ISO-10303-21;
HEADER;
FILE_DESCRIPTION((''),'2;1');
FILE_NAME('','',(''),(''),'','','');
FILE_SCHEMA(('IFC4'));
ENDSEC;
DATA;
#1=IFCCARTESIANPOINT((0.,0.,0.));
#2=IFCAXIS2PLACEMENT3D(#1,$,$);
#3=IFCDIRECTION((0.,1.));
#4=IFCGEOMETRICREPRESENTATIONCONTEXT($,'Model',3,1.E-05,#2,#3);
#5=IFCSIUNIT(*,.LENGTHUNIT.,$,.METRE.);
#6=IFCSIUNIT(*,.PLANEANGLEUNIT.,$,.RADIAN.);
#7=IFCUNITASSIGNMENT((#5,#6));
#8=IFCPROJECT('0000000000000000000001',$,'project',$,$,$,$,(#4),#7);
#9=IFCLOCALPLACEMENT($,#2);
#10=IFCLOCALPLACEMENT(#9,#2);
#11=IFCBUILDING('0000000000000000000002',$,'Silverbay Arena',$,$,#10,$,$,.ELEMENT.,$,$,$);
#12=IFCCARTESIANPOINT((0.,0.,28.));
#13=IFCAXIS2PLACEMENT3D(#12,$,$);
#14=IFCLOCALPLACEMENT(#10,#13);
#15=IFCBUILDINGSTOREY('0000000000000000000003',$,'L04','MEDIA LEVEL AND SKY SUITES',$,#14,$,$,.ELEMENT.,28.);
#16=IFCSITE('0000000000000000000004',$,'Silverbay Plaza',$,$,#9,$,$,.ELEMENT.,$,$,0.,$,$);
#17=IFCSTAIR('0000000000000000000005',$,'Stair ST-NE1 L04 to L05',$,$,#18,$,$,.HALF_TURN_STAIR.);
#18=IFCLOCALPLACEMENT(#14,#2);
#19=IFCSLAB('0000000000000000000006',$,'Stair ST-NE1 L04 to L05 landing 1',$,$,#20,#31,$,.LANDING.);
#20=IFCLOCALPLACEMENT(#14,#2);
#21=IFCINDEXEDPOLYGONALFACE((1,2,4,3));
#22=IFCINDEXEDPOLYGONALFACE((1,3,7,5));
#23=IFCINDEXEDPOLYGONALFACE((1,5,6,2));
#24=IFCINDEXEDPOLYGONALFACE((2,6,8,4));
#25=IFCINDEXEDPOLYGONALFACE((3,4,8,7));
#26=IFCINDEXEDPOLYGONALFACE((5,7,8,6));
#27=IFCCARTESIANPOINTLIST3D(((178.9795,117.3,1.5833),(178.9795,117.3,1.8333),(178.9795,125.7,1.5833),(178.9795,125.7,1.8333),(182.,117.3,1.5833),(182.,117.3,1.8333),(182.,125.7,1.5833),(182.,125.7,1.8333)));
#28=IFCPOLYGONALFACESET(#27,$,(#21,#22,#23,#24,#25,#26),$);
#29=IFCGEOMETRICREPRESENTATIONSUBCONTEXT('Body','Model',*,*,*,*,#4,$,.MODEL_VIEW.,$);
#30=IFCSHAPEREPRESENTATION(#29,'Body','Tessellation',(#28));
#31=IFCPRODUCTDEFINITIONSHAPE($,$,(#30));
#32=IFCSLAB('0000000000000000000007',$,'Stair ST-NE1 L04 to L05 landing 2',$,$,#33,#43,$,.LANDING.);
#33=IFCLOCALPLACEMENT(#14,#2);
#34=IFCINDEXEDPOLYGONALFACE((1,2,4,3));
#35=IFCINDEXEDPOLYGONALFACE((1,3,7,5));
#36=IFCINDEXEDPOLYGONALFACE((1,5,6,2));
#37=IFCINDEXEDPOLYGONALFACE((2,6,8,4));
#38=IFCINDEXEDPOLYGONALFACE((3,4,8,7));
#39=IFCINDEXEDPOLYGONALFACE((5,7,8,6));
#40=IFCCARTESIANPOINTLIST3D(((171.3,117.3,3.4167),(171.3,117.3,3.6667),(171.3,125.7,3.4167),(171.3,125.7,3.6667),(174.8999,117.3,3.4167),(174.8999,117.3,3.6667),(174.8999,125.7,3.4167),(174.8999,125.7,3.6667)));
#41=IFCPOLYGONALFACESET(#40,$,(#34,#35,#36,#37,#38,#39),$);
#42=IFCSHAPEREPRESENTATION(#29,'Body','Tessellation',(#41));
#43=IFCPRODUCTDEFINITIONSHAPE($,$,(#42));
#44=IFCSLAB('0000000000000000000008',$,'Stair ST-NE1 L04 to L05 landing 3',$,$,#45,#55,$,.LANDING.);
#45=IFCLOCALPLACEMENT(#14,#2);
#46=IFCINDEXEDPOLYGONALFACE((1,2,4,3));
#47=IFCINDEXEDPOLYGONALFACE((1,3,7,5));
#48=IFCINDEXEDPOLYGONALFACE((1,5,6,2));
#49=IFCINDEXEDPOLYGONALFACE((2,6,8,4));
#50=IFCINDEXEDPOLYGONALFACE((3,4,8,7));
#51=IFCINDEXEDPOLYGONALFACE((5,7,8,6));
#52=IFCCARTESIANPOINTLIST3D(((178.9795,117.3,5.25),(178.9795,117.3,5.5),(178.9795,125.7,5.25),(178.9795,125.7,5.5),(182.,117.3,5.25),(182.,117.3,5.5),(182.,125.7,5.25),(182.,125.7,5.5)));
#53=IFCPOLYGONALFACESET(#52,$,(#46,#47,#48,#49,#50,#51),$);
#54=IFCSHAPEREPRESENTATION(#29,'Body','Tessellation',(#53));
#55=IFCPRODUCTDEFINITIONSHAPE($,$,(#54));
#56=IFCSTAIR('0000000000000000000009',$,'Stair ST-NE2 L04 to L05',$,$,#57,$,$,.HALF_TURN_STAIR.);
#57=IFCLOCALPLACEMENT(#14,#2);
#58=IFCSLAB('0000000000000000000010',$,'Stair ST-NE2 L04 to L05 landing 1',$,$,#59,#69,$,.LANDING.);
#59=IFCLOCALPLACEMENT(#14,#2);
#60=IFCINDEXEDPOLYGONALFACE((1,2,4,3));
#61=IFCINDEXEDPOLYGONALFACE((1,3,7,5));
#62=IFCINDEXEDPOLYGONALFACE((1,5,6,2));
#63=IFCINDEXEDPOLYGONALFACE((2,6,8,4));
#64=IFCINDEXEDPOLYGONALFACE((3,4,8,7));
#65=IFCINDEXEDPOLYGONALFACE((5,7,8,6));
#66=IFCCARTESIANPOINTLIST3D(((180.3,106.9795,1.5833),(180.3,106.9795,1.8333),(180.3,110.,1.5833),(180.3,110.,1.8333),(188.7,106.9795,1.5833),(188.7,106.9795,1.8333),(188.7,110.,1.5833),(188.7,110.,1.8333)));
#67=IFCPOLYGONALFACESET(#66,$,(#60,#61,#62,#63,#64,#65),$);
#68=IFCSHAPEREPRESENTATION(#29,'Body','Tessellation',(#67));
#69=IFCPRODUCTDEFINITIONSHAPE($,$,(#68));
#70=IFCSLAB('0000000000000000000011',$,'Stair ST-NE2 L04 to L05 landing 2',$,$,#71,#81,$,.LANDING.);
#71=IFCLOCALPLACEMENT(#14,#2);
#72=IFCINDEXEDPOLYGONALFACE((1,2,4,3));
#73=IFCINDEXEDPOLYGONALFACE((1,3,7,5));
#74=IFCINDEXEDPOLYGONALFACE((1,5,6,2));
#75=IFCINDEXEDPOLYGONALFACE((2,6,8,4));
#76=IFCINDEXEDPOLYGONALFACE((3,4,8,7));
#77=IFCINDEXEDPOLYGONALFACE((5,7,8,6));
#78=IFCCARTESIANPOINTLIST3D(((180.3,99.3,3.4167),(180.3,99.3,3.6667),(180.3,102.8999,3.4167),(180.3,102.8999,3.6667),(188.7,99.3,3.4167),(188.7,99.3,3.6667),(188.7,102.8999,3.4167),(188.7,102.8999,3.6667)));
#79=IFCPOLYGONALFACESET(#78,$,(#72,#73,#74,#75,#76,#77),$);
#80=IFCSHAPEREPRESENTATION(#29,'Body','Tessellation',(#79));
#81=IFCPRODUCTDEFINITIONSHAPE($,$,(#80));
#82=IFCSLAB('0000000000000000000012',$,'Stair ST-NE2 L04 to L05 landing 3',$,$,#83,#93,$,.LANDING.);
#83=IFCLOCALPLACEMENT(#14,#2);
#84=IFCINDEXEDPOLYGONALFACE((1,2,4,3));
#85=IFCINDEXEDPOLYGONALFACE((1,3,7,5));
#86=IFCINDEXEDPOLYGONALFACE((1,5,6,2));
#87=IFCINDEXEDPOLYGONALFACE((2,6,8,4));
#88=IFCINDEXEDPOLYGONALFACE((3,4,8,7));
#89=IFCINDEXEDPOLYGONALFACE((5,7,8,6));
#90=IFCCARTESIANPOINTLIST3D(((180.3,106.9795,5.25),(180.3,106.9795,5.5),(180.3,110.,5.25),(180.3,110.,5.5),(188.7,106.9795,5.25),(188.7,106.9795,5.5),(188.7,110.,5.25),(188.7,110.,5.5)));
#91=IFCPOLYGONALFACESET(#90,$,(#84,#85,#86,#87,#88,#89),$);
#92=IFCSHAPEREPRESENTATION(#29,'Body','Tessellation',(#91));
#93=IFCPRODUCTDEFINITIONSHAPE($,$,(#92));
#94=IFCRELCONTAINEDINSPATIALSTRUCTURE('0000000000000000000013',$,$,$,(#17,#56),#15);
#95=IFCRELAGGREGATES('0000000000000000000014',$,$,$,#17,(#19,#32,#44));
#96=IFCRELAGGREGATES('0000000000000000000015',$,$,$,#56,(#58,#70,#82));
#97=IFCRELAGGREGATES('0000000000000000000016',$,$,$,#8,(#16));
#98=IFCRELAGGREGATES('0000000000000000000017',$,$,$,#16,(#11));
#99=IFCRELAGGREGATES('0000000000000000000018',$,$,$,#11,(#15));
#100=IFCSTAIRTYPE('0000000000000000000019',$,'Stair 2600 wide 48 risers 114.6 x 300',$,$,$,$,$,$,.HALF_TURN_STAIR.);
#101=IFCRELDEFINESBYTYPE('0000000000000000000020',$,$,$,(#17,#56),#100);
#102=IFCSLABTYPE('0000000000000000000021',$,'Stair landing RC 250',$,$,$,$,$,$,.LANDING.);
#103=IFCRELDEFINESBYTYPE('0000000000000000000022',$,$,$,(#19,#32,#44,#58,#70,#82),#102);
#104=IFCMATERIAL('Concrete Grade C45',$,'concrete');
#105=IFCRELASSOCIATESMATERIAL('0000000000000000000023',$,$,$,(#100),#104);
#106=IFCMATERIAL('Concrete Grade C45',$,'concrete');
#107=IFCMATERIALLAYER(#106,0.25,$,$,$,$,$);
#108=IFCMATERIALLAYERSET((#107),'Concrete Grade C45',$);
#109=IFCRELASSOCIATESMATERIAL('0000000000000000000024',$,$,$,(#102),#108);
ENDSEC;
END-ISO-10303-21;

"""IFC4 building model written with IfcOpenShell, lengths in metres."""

from ifc_helpers import new_model, si_unit, direction, frame, origin, place, context, subcontext, project, spatial, polyline, outline, extrude, material, layer, layer_set, type_object, element, aggregate, save


model = new_model("IFC4")

# Units and contexts
model_context = context("Model", 3, precision=1e-05, world=origin(), true_north=direction((0.0, 1.0)))
body_context = subcontext(model_context, "Body", "Model", "MODEL_VIEW")
ifc_project = project(units=[si_unit("LENGTHUNIT", "METRE"), si_unit("PLANEANGLEUNIT", "RADIAN")], contexts=[model_context])

# Site, building, storey
site_placement = place(None, origin())
site = spatial("IfcSite", under=ifc_project, at=site_placement, Name="Silverbay Plaza", CompositionType="ELEMENT", RefElevation=0.0)
building_placement = place(site_placement, origin())
building = spatial("IfcBuilding", under=site, at=building_placement, Name="Silverbay Arena", CompositionType="ELEMENT")
storey_placement = place(building_placement, frame((0.0, 0.0, 28.0)))
storey = spatial("IfcBuildingStorey", under=building, at=storey_placement, Name="L04", Description="MEDIA LEVEL AND SKY SUITES", CompositionType="ELEMENT", Elevation=28.0)

# Stair
ifc_material_1 = material(Name="Concrete Grade C45", Category="concrete")
stair_type = type_object("IfcStairType", Name="Stair 2600 wide 48 risers 114.6 x 300", PredefinedType="HALF_TURN_STAIR", material=ifc_material_1)
stair_1_placement = place(storey_placement, origin())
stair_1 = element("IfcStair", 1, at=stair_1_placement, inside=storey, type_object=stair_type, Name="Stair ST-NE1 L04 to L05", PredefinedType="HALF_TURN_STAIR")

# Shared definitions
ifc_material_2 = material(Name="Concrete Grade C45", Category="concrete")
ifc_layer_1 = layer(ifc_material_2, 0.25)
ifc_layer_set_1 = layer_set([ifc_layer_1], Name="Concrete Grade C45")
slab_type_1 = type_object("IfcSlabType", Name="Stair landing RC 250", PredefinedType="LANDING", material=ifc_layer_set_1)

# Slabs
slab_1_placement = place(storey_placement, frame((0.0, 0.0, 1.5833)))
slab_1 = element("IfcSlab", 2, at=slab_1_placement, type_object=slab_type_1, Name="Stair ST-NE1 L04 to L05 landing 1", PredefinedType="LANDING", context=body_context, shape_type="SweptSolid", body=[
    extrude(outline(polyline([(178.9795, 117.3), (182.0, 117.3), (182.0, 125.7), (178.9795, 125.7), (178.9795, 117.3)])), origin(), (0.0, 0.0, 1.0), 0.25),
])
slab_2_placement = place(storey_placement, frame((0.0, 0.0, 3.4167)))
slab_2 = element("IfcSlab", 3, at=slab_2_placement, type_object=slab_type_1, Name="Stair ST-NE1 L04 to L05 landing 2", PredefinedType="LANDING", context=body_context, shape_type="SweptSolid", body=[
    extrude(outline(polyline([(171.3, 117.3), (174.8999, 117.3), (174.8999, 125.7), (171.3, 125.7), (171.3, 117.3)])), origin(), (0.0, 0.0, 1.0), 0.25),
])
slab_3_placement = place(storey_placement, frame((0.0, 0.0, 5.25)))
slab_3 = element("IfcSlab", 4, at=slab_3_placement, type_object=slab_type_1, Name="Stair ST-NE1 L04 to L05 landing 3", PredefinedType="LANDING", context=body_context, shape_type="SweptSolid", body=[
    extrude(outline(polyline([(178.9795, 117.3), (182.0, 117.3), (182.0, 125.7), (178.9795, 125.7), (178.9795, 117.3)])), origin(), (0.0, 0.0, 1.0), 0.25),
])
aggregate(stair_1, [slab_1, slab_2, slab_3])

# Stair, slabs
stair_2_placement = place(storey_placement, origin())
stair_2 = element("IfcStair", 5, at=stair_2_placement, inside=storey, type_object=stair_type, Name="Stair ST-NE2 L04 to L05", PredefinedType="HALF_TURN_STAIR")
slab_4_placement = place(storey_placement, frame((0.0, 0.0, 1.5833)))
slab_4 = element("IfcSlab", 6, at=slab_4_placement, type_object=slab_type_1, Name="Stair ST-NE2 L04 to L05 landing 1", PredefinedType="LANDING", context=body_context, shape_type="SweptSolid", body=[
    extrude(outline(polyline([(180.3, 106.9795), (180.3, 110.0), (188.7, 110.0), (188.7, 106.9795), (180.3, 106.9795)])), origin(), (0.0, 0.0, 1.0), 0.25),
])
slab_5_placement = place(storey_placement, frame((0.0, 0.0, 3.4167)))
slab_5 = element("IfcSlab", 7, at=slab_5_placement, type_object=slab_type_1, Name="Stair ST-NE2 L04 to L05 landing 2", PredefinedType="LANDING", context=body_context, shape_type="SweptSolid", body=[
    extrude(outline(polyline([(180.3, 99.3), (180.3, 102.8999), (188.7, 102.8999), (188.7, 99.3), (180.3, 99.3)])), origin(), (0.0, 0.0, 1.0), 0.25),
])
slab_6_placement = place(storey_placement, frame((0.0, 0.0, 5.25)))
slab_6 = element("IfcSlab", 8, at=slab_6_placement, type_object=slab_type_1, Name="Stair ST-NE2 L04 to L05 landing 3", PredefinedType="LANDING", context=body_context, shape_type="SweptSolid", body=[
    extrude(outline(polyline([(180.3, 106.9795), (180.3, 110.0), (188.7, 110.0), (188.7, 106.9795), (180.3, 106.9795)])), origin(), (0.0, 0.0, 1.0), 0.25),
])
aggregate(stair_2, [slab_4, slab_5, slab_6])

save(model, "model.ifc")
